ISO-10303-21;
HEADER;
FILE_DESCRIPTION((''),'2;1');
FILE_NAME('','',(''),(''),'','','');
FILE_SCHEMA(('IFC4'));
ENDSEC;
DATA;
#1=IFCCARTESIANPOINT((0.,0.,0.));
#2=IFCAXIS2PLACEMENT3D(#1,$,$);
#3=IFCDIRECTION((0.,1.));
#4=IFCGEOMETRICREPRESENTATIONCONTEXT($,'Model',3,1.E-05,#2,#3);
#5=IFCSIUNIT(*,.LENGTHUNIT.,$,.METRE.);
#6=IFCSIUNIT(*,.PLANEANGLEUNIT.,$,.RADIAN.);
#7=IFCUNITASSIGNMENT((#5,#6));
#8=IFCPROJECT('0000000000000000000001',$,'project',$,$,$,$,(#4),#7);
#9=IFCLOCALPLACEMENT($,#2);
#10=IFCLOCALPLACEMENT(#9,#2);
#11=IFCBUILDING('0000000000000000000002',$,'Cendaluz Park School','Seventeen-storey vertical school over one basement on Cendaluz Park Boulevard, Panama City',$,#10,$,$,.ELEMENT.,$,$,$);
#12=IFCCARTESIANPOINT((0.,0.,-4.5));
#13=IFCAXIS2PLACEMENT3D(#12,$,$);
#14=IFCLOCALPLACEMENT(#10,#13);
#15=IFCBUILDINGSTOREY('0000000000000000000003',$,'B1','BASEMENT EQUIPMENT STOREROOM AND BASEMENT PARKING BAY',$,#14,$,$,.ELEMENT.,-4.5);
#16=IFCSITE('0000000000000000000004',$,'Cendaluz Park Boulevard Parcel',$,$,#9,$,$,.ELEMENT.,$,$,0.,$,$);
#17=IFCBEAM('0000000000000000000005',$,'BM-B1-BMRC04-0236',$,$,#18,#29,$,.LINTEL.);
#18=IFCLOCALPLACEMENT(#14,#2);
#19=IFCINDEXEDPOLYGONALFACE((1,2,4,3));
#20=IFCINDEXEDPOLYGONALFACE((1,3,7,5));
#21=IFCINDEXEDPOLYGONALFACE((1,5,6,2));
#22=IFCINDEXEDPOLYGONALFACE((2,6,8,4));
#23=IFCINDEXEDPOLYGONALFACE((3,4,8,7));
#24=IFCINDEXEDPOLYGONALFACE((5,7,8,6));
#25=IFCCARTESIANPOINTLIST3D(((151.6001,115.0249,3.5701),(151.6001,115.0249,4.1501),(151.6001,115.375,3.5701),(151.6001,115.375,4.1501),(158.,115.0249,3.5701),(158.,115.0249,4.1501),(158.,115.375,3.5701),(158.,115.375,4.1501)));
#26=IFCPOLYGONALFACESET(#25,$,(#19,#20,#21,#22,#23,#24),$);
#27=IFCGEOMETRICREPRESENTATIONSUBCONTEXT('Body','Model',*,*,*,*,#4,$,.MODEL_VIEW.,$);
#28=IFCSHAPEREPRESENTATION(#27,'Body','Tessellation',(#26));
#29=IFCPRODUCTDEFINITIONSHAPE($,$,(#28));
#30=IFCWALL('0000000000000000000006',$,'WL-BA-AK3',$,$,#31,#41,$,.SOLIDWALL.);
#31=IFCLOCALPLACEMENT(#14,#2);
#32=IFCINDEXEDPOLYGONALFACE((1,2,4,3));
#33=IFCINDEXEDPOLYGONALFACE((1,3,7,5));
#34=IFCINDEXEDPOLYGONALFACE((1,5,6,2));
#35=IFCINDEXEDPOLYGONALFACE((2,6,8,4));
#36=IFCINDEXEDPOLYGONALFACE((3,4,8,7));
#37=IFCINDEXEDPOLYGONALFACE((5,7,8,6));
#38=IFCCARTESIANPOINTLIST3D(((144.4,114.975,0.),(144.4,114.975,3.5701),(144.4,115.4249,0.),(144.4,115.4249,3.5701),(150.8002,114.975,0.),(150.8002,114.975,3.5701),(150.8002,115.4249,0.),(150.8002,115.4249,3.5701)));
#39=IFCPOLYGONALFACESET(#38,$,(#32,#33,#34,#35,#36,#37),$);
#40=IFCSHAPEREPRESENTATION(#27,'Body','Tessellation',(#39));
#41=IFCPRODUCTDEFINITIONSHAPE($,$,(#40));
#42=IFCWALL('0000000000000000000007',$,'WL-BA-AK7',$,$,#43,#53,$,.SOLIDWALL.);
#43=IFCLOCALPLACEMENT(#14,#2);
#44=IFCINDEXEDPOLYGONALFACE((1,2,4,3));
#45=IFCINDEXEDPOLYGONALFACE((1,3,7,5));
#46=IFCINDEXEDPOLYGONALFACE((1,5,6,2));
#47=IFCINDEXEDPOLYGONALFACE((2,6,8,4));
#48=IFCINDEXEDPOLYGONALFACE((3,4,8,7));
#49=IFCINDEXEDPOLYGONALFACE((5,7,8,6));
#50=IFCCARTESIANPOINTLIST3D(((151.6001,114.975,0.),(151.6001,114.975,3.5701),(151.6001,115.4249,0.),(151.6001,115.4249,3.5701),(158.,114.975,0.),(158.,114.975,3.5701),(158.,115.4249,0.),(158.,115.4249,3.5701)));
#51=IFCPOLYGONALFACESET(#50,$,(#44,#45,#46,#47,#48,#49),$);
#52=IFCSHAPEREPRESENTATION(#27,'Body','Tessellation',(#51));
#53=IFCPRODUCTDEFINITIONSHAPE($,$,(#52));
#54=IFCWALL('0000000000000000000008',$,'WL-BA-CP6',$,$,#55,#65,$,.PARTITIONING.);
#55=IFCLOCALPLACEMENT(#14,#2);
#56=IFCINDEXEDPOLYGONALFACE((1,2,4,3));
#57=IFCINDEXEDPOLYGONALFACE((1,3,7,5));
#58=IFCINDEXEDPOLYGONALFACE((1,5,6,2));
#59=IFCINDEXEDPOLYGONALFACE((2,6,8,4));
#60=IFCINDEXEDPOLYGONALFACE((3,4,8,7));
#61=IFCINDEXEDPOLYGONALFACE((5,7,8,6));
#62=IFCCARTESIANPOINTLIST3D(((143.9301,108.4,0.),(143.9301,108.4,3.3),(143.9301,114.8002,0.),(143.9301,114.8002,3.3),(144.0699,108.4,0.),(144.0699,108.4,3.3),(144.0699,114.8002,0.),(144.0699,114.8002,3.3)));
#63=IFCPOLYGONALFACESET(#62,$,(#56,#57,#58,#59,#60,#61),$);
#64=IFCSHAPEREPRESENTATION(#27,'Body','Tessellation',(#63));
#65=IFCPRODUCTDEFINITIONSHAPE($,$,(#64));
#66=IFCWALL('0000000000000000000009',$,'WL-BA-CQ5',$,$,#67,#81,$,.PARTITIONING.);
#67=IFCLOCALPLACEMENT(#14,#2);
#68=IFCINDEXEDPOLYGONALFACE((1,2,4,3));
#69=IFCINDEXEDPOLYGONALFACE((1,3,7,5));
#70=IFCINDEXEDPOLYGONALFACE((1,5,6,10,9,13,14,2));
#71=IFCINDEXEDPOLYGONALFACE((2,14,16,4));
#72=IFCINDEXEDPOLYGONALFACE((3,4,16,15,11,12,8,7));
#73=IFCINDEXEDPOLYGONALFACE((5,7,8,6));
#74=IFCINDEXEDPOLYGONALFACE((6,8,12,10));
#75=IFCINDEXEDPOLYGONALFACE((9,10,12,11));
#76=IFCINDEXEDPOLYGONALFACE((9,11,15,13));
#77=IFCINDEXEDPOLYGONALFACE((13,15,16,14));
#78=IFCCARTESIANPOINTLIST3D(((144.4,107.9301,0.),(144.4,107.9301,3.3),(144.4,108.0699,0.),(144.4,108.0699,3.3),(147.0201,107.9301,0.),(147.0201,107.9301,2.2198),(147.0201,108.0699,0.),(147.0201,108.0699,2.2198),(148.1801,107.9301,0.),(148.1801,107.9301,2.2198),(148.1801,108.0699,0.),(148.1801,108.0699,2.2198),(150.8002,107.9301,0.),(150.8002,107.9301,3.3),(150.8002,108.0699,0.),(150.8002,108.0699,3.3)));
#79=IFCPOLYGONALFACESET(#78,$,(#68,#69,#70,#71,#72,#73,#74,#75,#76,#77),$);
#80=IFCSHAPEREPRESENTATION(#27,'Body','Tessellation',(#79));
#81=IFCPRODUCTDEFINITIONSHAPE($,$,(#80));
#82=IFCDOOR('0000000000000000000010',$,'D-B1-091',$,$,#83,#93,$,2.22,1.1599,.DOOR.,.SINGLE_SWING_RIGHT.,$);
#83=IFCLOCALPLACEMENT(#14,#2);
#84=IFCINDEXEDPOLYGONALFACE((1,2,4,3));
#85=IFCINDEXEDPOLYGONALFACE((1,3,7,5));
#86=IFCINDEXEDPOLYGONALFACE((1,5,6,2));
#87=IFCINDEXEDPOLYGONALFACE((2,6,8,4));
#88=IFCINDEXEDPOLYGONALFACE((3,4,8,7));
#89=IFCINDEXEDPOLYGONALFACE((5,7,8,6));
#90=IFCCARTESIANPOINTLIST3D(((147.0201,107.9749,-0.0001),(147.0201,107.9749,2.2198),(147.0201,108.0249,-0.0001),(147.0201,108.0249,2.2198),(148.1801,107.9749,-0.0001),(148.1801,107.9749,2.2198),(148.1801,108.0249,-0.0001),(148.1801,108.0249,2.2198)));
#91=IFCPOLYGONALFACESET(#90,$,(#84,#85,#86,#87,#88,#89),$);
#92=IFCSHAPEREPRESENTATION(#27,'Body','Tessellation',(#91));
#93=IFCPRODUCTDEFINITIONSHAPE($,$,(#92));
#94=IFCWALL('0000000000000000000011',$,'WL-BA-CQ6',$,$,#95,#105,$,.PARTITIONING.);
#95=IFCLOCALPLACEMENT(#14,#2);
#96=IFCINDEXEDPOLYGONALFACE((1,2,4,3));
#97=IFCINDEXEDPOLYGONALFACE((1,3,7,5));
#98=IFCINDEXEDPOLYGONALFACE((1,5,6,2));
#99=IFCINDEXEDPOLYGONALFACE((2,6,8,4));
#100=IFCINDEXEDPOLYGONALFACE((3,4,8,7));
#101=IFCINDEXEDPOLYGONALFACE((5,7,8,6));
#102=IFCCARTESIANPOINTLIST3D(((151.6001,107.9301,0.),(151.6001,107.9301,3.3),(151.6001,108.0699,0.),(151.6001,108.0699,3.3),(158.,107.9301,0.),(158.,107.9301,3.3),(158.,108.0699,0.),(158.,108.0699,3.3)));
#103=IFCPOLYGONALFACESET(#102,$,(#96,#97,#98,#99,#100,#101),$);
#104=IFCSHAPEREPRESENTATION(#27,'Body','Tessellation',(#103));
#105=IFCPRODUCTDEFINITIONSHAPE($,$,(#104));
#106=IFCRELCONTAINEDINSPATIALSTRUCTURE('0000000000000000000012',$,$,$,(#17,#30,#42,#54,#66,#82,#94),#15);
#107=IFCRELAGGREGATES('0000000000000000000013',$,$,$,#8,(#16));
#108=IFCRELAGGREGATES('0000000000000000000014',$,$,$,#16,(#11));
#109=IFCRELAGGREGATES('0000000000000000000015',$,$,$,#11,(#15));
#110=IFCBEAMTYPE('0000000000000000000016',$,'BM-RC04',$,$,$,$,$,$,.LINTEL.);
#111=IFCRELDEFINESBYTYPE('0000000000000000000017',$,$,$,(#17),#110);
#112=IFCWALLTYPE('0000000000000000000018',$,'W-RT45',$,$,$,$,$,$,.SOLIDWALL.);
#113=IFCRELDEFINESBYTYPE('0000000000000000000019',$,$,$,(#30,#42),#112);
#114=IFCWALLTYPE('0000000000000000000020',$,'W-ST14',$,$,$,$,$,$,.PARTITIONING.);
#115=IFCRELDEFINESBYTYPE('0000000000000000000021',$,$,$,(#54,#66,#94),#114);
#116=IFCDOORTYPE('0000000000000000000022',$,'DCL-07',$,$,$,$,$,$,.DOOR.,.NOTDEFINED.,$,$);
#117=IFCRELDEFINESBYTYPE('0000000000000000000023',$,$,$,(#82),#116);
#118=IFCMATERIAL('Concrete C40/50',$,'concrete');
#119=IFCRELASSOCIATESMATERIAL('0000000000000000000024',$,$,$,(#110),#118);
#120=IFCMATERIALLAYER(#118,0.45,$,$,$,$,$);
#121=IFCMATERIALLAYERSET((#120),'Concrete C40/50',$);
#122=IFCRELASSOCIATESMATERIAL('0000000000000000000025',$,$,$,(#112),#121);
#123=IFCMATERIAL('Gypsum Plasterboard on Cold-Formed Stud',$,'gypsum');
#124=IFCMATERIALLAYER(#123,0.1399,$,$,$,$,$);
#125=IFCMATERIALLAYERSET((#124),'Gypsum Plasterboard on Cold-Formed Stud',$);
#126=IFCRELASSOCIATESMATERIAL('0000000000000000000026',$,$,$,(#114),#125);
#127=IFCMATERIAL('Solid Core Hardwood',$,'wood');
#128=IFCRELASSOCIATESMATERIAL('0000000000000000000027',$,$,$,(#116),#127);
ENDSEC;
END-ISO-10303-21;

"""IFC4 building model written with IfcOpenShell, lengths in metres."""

from ifc_helpers import new_model, si_unit, direction, frame, frame_2d, origin, origin_2d, place, context, subcontext, project, spatial, rectangle, extrude, material, layer, layer_set, material_profile, profile_set, type_object, element, fill, save


model = new_model("IFC4")

# Units and contexts
model_context = context("Model", 3, precision=1e-05, world=origin(), true_north=direction((0.0, 1.0)))
body_context = subcontext(model_context, "Body", "Model", "MODEL_VIEW")
ifc_project = project(units=[si_unit("LENGTHUNIT", "METRE"), si_unit("PLANEANGLEUNIT", "RADIAN")], contexts=[model_context])

# Site, building, storey
site_placement = place(None, origin())
site = spatial("IfcSite", under=ifc_project, at=site_placement, Name="Cendaluz Park Boulevard Parcel", CompositionType="ELEMENT", RefElevation=0.0)
building_placement = place(site_placement, origin())
building = spatial("IfcBuilding", under=site, at=building_placement, Name="Cendaluz Park School", Description="Seventeen-storey vertical school over one basement on Cendaluz Park Boulevard, Panama City", CompositionType="ELEMENT")
storey_placement = place(building_placement, frame((0.0, 0.0, -4.5)))
storey = spatial("IfcBuildingStorey", under=building, at=storey_placement, Name="B1", Description="BASEMENT EQUIPMENT STOREROOM AND BASEMENT PARKING BAY", CompositionType="ELEMENT", Elevation=-4.5)

# Shared definitions
ifc_material_1 = material(Name="Concrete C40/50", Category="concrete")

# Beam
ifc_material_profile_1 = material_profile(ifc_material_1, rectangle(XDim=0.3501, YDim=0.5801, at=origin_2d()), Name="RC 350x580", Category="concrete")
ifc_profile_set_1 = profile_set([ifc_material_profile_1], Name="Concrete C40/50")
beam_type_1 = type_object("IfcBeamType", Name="BM-RC04", PredefinedType="LINTEL", material=ifc_profile_set_1)
beam_1_placement = place(storey_placement, frame((151.6001, 115.2, 3.8601), z_axis=(1.0, 0.0, 0.0), x_axis=(0.0, 1.0, 0.0)))
element("IfcBeam", 1, at=beam_1_placement, inside=storey, type_object=beam_type_1, Name="BM-B1-BMRC04-0236", PredefinedType="LINTEL", context=body_context, shape_type="SweptSolid", body=[
    extrude(rectangle(XDim=0.3501, YDim=0.5801, at=origin_2d()), origin(), (0.0, 0.0, 1.0), 6.3999),
])

# Walls
ifc_layer_1 = layer(ifc_material_1, 0.45)
ifc_layer_set_1 = layer_set([ifc_layer_1], Name="Concrete C40/50")
wall_type_1 = type_object("IfcWallType", Name="W-RT45", PredefinedType="SOLIDWALL", material=ifc_layer_set_1)
wall_1_placement = place(storey_placement, frame((144.3999, 115.2, 0.0), z_axis=(0.0, 0.0, 1.0), x_axis=(1.0, 0.0, 0.0)))
element("IfcWall", 2, at=wall_1_placement, inside=storey, type_object=wall_type_1, Name="WL-BA-AK3", PredefinedType="SOLIDWALL", context=body_context, shape_type="SweptSolid", body=[
    extrude(rectangle(XDim=6.4001, YDim=0.45, at=frame_2d((3.2002, 0.0))), origin(), (0.0, 0.0, 1.0), 3.5701),
])
wall_2_placement = place(storey_placement, frame((151.6001, 115.2, 0.0), z_axis=(0.0, 0.0, 1.0), x_axis=(1.0, 0.0, 0.0)))
element("IfcWall", 3, at=wall_2_placement, inside=storey, type_object=wall_type_1, Name="WL-BA-AK7", PredefinedType="SOLIDWALL", context=body_context, shape_type="SweptSolid", body=[
    extrude(rectangle(XDim=6.3999, YDim=0.45, at=frame_2d((3.2, 0.0))), origin(), (0.0, 0.0, 1.0), 3.5701),
])
ifc_material_2 = material(Name="Gypsum Plasterboard on Cold-Formed Stud", Category="gypsum")
ifc_layer_2 = layer(ifc_material_2, 0.1399)
ifc_layer_set_2 = layer_set([ifc_layer_2], Name="Gypsum Plasterboard on Cold-Formed Stud")
wall_type_2 = type_object("IfcWallType", Name="W-ST14", PredefinedType="PARTITIONING", material=ifc_layer_set_2)
wall_3_placement = place(storey_placement, frame((144.0, 108.3999, 0.0), z_axis=(0.0, 0.0, 1.0), x_axis=(0.0, 1.0, 0.0)))
element("IfcWall", 4, at=wall_3_placement, inside=storey, type_object=wall_type_2, Name="WL-BA-CP6", PredefinedType="PARTITIONING", context=body_context, shape_type="SweptSolid", body=[
    extrude(rectangle(XDim=6.4001, YDim=0.1399, at=frame_2d((3.2002, 0.0))), origin(), (0.0, 0.0, 1.0), 3.3),
])

# Wall, opening, door
wall_4_placement = place(storey_placement, frame((144.3999, 108.0, 0.0), z_axis=(0.0, 0.0, 1.0), x_axis=(1.0, 0.0, 0.0)))
wall_4 = element("IfcWall", 5, at=wall_4_placement, inside=storey, type_object=wall_type_2, Name="WL-BA-CQ5", PredefinedType="PARTITIONING", context=body_context, shape_type="SweptSolid", body=[
    extrude(rectangle(XDim=6.4001, YDim=0.1399, at=frame_2d((3.2002, 0.0))), origin(), (0.0, 0.0, 1.0), 3.3),
])
opening_placement = place(wall_4_placement, frame((2.6201, 0.0, 0.0)))
opening = element("IfcOpeningElement", 6, at=opening_placement, cuts=wall_4, PredefinedType="OPENING", context=body_context, shape_type="SweptSolid", body=[
    extrude(rectangle(XDim=1.1599, YDim=2.22, at=frame_2d((0.5801, 1.1099))), frame((0.0, 0.082, 0.0), z_axis=(0.0, -1.0, 0.0), x_axis=(1.0, 0.0, 0.0)), (0.0, 0.0, 1.0), 0.1638),
])
ifc_material_3 = material(Name="Solid Core Hardwood", Category="wood")
door_type = type_object("IfcDoorType", Name="DCL-07", OperationType="NOTDEFINED", PredefinedType="DOOR", material=ifc_material_3)
door_placement = place(opening_placement, origin())
door = element("IfcDoor", 7, at=door_placement, inside=storey, type_object=door_type, Name="D-B1-091", OperationType="SINGLE_SWING_RIGHT", OverallHeight=2.22, OverallWidth=1.1599, PredefinedType="DOOR", context=body_context, shape_type="SweptSolid", body=[
    extrude(rectangle(XDim=1.1599, YDim=2.22, at=frame_2d((0.5801, 1.1099))), frame((0.0, 0.0249, 0.0), z_axis=(0.0, -1.0, 0.0), x_axis=(1.0, 0.0, 0.0)), (0.0, 0.0, 1.0), 0.05),
])
fill(opening, door)

# Wall
wall_5_placement = place(storey_placement, frame((151.6001, 108.0, 0.0), z_axis=(0.0, 0.0, 1.0), x_axis=(1.0, 0.0, 0.0)))
element("IfcWall", 8, at=wall_5_placement, inside=storey, type_object=wall_type_2, Name="WL-BA-CQ6", PredefinedType="PARTITIONING", context=body_context, shape_type="SweptSolid", body=[
    extrude(rectangle(XDim=6.3999, YDim=0.1399, at=frame_2d((3.2, 0.0))), origin(), (0.0, 0.0, 1.0), 3.3),
])

save(model, "model.ifc")
